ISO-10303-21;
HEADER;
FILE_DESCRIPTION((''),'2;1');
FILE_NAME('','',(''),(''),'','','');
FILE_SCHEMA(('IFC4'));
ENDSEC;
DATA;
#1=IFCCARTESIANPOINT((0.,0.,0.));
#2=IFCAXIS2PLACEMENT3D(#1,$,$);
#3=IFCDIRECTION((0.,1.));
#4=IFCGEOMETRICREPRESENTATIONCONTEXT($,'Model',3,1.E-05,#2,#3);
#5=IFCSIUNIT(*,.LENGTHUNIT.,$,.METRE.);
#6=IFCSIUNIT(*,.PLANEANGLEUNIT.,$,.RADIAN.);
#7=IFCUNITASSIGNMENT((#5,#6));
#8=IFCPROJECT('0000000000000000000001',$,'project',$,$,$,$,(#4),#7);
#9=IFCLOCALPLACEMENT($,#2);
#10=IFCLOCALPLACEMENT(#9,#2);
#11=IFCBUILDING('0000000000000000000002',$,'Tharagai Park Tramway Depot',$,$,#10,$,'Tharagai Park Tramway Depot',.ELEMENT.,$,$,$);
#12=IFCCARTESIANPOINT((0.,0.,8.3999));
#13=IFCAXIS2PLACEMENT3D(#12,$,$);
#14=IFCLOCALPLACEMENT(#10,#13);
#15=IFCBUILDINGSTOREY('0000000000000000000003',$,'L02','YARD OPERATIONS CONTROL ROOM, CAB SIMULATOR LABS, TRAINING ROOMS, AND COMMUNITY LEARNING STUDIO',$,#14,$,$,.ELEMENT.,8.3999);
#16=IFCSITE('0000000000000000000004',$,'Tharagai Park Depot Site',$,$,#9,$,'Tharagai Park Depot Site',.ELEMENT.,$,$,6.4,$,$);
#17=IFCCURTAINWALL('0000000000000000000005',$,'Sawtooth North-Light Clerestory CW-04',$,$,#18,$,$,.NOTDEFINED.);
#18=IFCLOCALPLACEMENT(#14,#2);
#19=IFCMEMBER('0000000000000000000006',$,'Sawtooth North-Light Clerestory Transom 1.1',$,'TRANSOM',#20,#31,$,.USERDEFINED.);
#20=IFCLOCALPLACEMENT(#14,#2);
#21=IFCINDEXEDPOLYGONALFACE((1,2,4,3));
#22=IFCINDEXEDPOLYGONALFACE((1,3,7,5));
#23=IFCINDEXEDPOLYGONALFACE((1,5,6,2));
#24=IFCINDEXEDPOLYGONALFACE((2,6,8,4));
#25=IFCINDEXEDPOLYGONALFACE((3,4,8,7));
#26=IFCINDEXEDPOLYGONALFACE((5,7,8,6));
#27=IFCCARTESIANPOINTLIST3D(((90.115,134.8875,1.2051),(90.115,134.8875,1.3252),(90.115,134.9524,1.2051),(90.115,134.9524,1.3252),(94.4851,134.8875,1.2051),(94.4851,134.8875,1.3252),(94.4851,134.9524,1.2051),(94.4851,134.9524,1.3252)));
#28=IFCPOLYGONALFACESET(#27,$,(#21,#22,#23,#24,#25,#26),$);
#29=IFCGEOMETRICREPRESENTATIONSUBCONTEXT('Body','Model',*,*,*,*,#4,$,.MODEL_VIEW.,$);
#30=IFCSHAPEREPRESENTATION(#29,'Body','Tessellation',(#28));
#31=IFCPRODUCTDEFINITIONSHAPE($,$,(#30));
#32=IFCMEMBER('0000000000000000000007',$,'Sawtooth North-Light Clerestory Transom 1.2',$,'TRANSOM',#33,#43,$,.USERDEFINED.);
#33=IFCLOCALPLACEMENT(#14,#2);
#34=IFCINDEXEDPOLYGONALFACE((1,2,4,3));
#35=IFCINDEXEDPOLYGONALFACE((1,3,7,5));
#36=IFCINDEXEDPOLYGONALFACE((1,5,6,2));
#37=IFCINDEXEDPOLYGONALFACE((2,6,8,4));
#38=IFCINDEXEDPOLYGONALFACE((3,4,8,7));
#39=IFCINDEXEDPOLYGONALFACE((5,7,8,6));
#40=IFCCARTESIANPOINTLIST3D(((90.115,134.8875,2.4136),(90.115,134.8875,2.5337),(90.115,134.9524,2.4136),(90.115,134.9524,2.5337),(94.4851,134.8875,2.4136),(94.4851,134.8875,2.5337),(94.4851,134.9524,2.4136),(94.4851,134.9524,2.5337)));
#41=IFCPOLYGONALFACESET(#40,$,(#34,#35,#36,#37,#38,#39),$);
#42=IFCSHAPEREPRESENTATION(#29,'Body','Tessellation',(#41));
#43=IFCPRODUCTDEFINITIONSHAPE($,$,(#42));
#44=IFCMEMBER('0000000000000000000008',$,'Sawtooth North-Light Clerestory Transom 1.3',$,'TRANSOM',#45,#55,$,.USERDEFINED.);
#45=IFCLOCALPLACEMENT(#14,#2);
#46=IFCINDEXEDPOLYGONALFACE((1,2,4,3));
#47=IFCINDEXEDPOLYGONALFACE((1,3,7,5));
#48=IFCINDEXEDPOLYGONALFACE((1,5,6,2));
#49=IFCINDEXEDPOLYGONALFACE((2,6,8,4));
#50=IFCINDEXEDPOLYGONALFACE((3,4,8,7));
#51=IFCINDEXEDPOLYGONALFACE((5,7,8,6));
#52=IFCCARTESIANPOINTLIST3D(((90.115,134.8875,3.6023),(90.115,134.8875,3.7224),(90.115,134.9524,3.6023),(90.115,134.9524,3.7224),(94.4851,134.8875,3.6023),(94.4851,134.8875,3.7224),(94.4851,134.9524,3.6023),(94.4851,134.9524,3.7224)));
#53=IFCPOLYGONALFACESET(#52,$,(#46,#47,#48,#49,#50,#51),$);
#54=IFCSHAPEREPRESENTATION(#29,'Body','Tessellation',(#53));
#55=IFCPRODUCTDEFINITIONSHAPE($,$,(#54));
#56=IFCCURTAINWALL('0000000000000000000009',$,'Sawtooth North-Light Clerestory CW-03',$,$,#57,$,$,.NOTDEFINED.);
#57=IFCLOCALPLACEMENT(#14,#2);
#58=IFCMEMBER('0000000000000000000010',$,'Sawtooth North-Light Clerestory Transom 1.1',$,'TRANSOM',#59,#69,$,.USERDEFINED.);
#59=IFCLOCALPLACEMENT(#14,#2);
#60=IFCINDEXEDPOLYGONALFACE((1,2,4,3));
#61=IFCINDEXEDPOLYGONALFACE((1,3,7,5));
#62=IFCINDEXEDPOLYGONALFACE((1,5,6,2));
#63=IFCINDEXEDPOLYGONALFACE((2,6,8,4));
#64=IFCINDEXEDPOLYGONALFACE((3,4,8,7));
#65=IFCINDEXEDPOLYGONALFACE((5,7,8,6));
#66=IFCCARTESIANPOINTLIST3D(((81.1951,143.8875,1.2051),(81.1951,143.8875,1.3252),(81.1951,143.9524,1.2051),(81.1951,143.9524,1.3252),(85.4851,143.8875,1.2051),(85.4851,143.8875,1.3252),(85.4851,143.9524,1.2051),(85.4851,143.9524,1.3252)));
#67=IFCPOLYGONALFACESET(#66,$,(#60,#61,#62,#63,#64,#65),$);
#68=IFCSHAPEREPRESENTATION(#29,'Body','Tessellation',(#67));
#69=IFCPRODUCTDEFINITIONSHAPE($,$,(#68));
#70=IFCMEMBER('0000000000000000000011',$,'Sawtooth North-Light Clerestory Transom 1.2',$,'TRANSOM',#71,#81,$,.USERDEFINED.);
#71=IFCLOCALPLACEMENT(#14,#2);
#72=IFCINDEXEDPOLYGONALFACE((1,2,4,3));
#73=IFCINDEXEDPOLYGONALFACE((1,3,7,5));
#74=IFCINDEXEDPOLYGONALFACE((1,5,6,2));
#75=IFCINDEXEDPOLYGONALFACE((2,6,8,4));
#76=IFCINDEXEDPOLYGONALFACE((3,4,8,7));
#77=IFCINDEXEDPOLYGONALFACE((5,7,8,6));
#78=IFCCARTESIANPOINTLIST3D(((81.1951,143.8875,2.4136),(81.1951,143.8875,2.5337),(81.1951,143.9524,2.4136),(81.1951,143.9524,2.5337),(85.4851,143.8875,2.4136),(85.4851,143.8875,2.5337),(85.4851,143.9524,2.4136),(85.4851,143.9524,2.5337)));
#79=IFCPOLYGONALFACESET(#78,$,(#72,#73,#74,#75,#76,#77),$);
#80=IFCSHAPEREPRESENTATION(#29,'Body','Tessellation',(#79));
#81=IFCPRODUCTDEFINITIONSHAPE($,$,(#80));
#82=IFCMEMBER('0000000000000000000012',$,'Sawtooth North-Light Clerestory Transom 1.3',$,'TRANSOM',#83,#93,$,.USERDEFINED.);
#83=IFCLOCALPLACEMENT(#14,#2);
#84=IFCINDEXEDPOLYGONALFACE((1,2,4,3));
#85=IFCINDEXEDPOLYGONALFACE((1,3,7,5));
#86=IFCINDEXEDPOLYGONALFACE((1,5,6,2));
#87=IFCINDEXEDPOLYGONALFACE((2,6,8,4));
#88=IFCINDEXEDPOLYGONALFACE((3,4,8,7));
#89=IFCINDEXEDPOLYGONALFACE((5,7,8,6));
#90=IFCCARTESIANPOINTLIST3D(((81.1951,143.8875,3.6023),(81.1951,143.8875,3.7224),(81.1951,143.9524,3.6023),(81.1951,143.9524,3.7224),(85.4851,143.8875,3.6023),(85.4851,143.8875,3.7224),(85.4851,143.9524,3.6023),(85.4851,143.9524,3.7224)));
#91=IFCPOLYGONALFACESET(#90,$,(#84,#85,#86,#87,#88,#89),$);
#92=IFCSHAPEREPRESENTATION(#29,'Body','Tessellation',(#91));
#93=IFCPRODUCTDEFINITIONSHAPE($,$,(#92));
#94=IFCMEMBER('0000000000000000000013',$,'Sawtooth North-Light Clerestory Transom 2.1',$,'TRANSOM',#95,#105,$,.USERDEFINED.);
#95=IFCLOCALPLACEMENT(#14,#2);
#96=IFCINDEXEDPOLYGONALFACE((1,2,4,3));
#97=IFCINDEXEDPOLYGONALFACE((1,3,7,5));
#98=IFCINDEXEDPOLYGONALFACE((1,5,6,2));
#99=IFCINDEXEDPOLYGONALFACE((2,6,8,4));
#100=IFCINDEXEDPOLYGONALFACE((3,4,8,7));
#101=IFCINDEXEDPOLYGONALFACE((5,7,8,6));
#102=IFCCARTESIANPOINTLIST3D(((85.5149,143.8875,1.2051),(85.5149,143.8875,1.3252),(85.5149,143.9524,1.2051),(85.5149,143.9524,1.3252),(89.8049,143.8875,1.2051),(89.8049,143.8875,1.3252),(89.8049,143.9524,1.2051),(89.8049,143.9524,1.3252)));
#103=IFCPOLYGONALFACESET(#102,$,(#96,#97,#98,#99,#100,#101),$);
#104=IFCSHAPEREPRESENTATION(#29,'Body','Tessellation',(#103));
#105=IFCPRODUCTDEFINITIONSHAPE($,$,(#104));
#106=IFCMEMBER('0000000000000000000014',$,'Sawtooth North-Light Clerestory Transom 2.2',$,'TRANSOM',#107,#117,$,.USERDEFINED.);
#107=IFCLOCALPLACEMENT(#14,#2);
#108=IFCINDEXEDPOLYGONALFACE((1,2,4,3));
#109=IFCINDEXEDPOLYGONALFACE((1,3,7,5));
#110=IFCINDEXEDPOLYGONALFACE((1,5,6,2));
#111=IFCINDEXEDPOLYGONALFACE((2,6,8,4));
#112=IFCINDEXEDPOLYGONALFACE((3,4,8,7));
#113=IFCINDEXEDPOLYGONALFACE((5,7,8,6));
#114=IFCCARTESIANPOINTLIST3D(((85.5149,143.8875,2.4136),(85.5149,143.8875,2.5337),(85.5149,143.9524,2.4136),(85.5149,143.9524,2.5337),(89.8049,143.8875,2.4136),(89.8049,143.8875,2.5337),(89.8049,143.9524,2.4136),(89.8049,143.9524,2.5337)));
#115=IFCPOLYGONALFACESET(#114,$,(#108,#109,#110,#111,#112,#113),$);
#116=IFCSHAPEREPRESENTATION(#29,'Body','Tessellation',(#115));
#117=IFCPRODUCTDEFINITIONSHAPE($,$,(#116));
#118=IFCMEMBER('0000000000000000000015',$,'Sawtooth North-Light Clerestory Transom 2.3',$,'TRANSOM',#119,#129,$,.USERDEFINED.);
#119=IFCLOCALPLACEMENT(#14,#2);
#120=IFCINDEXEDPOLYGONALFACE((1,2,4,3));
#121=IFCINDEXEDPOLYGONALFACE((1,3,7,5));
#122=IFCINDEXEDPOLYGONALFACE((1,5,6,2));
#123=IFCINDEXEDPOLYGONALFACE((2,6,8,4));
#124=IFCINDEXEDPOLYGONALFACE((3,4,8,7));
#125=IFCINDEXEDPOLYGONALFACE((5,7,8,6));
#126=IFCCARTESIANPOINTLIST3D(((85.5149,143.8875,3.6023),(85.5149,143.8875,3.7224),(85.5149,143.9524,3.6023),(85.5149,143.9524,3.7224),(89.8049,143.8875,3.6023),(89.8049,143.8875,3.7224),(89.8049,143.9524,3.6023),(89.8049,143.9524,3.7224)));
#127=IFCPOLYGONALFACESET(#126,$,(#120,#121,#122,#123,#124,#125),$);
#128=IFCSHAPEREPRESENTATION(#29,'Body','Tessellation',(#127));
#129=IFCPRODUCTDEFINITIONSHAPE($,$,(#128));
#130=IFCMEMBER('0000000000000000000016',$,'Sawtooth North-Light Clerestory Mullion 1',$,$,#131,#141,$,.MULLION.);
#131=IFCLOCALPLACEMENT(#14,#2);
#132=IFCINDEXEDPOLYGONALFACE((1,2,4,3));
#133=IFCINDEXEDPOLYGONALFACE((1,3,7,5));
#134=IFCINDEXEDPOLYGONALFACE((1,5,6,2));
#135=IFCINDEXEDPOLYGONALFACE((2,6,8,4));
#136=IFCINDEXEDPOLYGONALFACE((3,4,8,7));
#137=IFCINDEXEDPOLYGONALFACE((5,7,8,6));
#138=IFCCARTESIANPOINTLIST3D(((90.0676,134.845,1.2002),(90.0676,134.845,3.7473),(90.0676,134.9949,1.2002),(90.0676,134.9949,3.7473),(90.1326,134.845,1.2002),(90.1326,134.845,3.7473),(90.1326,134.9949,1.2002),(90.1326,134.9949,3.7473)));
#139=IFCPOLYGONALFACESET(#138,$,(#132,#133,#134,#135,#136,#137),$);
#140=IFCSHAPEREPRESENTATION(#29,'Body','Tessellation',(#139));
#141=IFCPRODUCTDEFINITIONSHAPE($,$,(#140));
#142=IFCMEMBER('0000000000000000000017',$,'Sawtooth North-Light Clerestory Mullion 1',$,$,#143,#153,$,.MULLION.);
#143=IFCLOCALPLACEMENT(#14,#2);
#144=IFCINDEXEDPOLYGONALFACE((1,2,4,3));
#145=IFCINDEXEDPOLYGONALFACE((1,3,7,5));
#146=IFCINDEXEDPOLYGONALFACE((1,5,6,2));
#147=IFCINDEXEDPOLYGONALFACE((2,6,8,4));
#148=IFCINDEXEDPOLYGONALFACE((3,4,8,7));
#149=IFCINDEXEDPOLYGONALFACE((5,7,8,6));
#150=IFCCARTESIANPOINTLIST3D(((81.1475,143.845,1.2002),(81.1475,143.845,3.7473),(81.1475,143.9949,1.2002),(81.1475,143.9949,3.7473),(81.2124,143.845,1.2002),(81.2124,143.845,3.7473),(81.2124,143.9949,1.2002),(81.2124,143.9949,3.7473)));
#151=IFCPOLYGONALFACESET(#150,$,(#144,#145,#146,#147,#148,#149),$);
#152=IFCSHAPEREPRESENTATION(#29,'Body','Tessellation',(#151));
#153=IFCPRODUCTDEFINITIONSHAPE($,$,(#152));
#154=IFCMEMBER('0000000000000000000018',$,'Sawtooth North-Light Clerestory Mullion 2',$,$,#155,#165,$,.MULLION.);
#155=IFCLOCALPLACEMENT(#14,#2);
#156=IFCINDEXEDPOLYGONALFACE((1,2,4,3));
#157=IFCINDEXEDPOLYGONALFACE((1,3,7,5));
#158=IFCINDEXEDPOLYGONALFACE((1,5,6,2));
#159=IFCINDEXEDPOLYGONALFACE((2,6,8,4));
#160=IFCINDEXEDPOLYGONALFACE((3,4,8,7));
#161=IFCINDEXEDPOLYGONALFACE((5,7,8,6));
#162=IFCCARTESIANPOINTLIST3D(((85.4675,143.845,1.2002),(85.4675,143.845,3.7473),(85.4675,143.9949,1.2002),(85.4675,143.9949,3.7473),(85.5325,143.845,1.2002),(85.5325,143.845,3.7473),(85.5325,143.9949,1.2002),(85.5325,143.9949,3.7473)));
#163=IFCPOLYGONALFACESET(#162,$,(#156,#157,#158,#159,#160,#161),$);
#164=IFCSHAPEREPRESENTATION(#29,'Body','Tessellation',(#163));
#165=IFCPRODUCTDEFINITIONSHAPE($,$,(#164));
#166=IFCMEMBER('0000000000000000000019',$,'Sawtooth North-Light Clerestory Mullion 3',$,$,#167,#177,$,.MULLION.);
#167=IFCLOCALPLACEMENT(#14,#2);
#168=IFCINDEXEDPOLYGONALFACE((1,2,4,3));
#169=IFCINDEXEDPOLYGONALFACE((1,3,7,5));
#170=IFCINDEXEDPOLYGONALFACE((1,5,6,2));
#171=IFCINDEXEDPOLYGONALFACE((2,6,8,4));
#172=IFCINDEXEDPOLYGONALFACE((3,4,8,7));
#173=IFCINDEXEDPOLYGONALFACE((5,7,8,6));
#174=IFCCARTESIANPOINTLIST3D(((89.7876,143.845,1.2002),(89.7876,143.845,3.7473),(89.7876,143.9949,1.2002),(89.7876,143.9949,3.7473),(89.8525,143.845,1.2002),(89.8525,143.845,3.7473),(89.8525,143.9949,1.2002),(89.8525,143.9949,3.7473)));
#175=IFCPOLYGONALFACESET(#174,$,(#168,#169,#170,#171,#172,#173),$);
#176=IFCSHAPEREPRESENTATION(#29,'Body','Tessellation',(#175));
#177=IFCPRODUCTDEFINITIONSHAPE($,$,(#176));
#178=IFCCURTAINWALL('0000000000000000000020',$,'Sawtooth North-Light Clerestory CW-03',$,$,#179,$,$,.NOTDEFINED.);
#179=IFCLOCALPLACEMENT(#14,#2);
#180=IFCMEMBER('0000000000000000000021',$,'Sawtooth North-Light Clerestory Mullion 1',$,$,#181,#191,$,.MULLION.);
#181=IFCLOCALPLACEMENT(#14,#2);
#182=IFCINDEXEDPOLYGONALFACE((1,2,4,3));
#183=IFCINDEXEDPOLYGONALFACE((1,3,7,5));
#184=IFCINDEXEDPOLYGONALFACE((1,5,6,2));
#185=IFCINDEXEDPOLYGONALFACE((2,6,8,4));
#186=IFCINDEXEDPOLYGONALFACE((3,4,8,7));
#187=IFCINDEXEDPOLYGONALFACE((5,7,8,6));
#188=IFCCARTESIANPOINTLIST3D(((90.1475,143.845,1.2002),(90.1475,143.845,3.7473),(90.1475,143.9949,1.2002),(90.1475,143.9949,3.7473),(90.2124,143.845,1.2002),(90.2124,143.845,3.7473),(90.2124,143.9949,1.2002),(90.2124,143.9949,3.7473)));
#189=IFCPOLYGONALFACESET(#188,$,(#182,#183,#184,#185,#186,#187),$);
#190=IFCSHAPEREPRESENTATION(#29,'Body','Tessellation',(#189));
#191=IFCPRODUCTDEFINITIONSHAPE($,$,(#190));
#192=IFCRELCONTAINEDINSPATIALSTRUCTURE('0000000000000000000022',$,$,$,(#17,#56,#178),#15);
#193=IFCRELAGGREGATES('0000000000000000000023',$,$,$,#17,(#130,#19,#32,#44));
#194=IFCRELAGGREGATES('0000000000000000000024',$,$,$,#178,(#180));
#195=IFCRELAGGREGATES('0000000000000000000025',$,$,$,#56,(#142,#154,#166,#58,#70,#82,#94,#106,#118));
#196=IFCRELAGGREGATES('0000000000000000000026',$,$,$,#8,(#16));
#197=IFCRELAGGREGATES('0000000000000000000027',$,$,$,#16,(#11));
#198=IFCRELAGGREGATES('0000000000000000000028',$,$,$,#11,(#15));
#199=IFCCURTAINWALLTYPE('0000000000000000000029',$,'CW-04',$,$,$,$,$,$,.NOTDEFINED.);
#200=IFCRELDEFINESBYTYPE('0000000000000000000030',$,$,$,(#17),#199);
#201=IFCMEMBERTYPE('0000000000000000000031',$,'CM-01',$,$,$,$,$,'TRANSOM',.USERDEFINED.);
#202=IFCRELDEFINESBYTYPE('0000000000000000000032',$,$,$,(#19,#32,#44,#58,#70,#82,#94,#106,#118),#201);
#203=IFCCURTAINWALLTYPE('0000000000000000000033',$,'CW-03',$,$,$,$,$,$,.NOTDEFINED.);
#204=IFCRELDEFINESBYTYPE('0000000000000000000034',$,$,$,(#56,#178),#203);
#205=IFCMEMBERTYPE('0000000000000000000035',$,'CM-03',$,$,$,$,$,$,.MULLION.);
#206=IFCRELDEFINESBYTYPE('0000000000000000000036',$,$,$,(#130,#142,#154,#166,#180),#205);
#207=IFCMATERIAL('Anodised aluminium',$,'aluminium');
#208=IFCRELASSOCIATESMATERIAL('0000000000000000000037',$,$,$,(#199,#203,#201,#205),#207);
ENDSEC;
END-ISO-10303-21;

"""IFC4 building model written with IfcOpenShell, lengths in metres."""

from ifc_helpers import new_model, si_unit, direction, frame, origin, origin_2d, place, context, subcontext, project, spatial, rectangle, extrude, material, material_profile, profile_set, type_object, element, aggregate, save


model = new_model("IFC4")

# Units and contexts
model_context = context("Model", 3, precision=1e-05, world=origin(), true_north=direction((0.0, 1.0)))
body_context = subcontext(model_context, "Body", "Model", "MODEL_VIEW")
ifc_project = project(units=[si_unit("LENGTHUNIT", "METRE"), si_unit("PLANEANGLEUNIT", "RADIAN")], contexts=[model_context])

# Site, building, storey
site_placement = place(None, origin())
site = spatial("IfcSite", under=ifc_project, at=site_placement, Name="Tharagai Park Depot Site", LongName="Tharagai Park Depot Site", CompositionType="ELEMENT", RefElevation=6.4)
building_placement = place(site_placement, origin())
building = spatial("IfcBuilding", under=site, at=building_placement, Name="Tharagai Park Tramway Depot", LongName="Tharagai Park Tramway Depot", CompositionType="ELEMENT")
storey_placement = place(building_placement, frame((0.0, 0.0, 8.3999)))
storey = spatial("IfcBuildingStorey", under=building, at=storey_placement, Name="L02", Description="YARD OPERATIONS CONTROL ROOM, CAB SIMULATOR LABS, TRAINING ROOMS, AND COMMUNITY LEARNING STUDIO", CompositionType="ELEMENT", Elevation=8.3999)

# Curtain walls, members
ifc_material_1 = material(Name="Anodised aluminium", Category="aluminium")
curtain_wall_type_1 = type_object("IfcCurtainWallType", Name="CW-04", PredefinedType="NOTDEFINED", material=ifc_material_1)
curtain_wall_1_placement = place(storey_placement, origin())
curtain_wall_1 = element("IfcCurtainWall", 1, at=curtain_wall_1_placement, inside=storey, type_object=curtain_wall_type_1, Name="Sawtooth North-Light Clerestory CW-04", PredefinedType="NOTDEFINED")
ifc_material_profile_1 = material_profile(ifc_material_1, rectangle(XDim=0.0649, YDim=0.1201, at=origin_2d()), Name="ALU 65x120")
ifc_profile_set_1 = profile_set([ifc_material_profile_1], Name="Anodised aluminium")
member_type_1 = type_object("IfcMemberType", Name="CM-01", ElementType="TRANSOM", PredefinedType="USERDEFINED", material=ifc_profile_set_1)
member_1_placement = place(storey_placement, frame((90.115, 134.9199, 1.2651), z_axis=(1.0, 0.0, 0.0), x_axis=(0.0, 1.0, 0.0)))
member_1 = element("IfcMember", 2, at=member_1_placement, type_object=member_type_1, Name="Sawtooth North-Light Clerestory Transom 1.1", ObjectType="TRANSOM", PredefinedType="USERDEFINED", context=body_context, shape_type="SweptSolid", body=[
    extrude(rectangle(XDim=0.0649, YDim=0.1201, at=origin_2d()), origin(), (0.0, 0.0, 1.0), 4.3701),
])
member_2_placement = place(storey_placement, frame((90.115, 134.9199, 2.4736), z_axis=(1.0, 0.0, 0.0), x_axis=(0.0, 1.0, 0.0)))
member_2 = element("IfcMember", 3, at=member_2_placement, type_object=member_type_1, Name="Sawtooth North-Light Clerestory Transom 1.2", ObjectType="TRANSOM", PredefinedType="USERDEFINED", context=body_context, shape_type="SweptSolid", body=[
    extrude(rectangle(XDim=0.0649, YDim=0.1201, at=origin_2d()), origin(), (0.0, 0.0, 1.0), 4.3701),
])
member_3_placement = place(storey_placement, frame((90.115, 134.9199, 3.6624), z_axis=(1.0, 0.0, 0.0), x_axis=(0.0, 1.0, 0.0)))
member_3 = element("IfcMember", 4, at=member_3_placement, type_object=member_type_1, Name="Sawtooth North-Light Clerestory Transom 1.3", ObjectType="TRANSOM", PredefinedType="USERDEFINED", context=body_context, shape_type="SweptSolid", body=[
    extrude(rectangle(XDim=0.0649, YDim=0.1201, at=origin_2d()), origin(), (0.0, 0.0, 1.0), 4.3701),
])
curtain_wall_type_2 = type_object("IfcCurtainWallType", Name="CW-03", PredefinedType="NOTDEFINED", material=ifc_material_1)
curtain_wall_2_placement = place(storey_placement, origin())
curtain_wall_2 = element("IfcCurtainWall", 5, at=curtain_wall_2_placement, inside=storey, type_object=curtain_wall_type_2, Name="Sawtooth North-Light Clerestory CW-03", PredefinedType="NOTDEFINED")
member_4_placement = place(storey_placement, frame((81.1951, 143.9199, 1.2651), z_axis=(1.0, 0.0, 0.0), x_axis=(0.0, 1.0, 0.0)))
member_4 = element("IfcMember", 6, at=member_4_placement, type_object=member_type_1, Name="Sawtooth North-Light Clerestory Transom 1.1", ObjectType="TRANSOM", PredefinedType="USERDEFINED", context=body_context, shape_type="SweptSolid", body=[
    extrude(rectangle(XDim=0.0649, YDim=0.1201, at=origin_2d()), origin(), (0.0, 0.0, 1.0), 4.29),
])
member_5_placement = place(storey_placement, frame((81.1951, 143.9199, 2.4736), z_axis=(1.0, 0.0, 0.0), x_axis=(0.0, 1.0, 0.0)))
member_5 = element("IfcMember", 7, at=member_5_placement, type_object=member_type_1, Name="Sawtooth North-Light Clerestory Transom 1.2", ObjectType="TRANSOM", PredefinedType="USERDEFINED", context=body_context, shape_type="SweptSolid", body=[
    extrude(rectangle(XDim=0.0649, YDim=0.1201, at=origin_2d()), origin(), (0.0, 0.0, 1.0), 4.29),
])
member_6_placement = place(storey_placement, frame((81.1951, 143.9199, 3.6624), z_axis=(1.0, 0.0, 0.0), x_axis=(0.0, 1.0, 0.0)))
member_6 = element("IfcMember", 8, at=member_6_placement, type_object=member_type_1, Name="Sawtooth North-Light Clerestory Transom 1.3", ObjectType="TRANSOM", PredefinedType="USERDEFINED", context=body_context, shape_type="SweptSolid", body=[
    extrude(rectangle(XDim=0.0649, YDim=0.1201, at=origin_2d()), origin(), (0.0, 0.0, 1.0), 4.29),
])
member_7_placement = place(storey_placement, frame((85.5149, 143.9199, 1.2651), z_axis=(1.0, 0.0, 0.0), x_axis=(0.0, 1.0, 0.0)))
member_7 = element("IfcMember", 9, at=member_7_placement, type_object=member_type_1, Name="Sawtooth North-Light Clerestory Transom 2.1", ObjectType="TRANSOM", PredefinedType="USERDEFINED", context=body_context, shape_type="SweptSolid", body=[
    extrude(rectangle(XDim=0.0649, YDim=0.1201, at=origin_2d()), origin(), (0.0, 0.0, 1.0), 4.29),
])
member_8_placement = place(storey_placement, frame((85.5149, 143.9199, 2.4736), z_axis=(1.0, 0.0, 0.0), x_axis=(0.0, 1.0, 0.0)))
member_8 = element("IfcMember", 10, at=member_8_placement, type_object=member_type_1, Name="Sawtooth North-Light Clerestory Transom 2.2", ObjectType="TRANSOM", PredefinedType="USERDEFINED", context=body_context, shape_type="SweptSolid", body=[
    extrude(rectangle(XDim=0.0649, YDim=0.1201, at=origin_2d()), origin(), (0.0, 0.0, 1.0), 4.29),
])
member_9_placement = place(storey_placement, frame((85.5149, 143.9199, 3.6624), z_axis=(1.0, 0.0, 0.0), x_axis=(0.0, 1.0, 0.0)))
member_9 = element("IfcMember", 11, at=member_9_placement, type_object=member_type_1, Name="Sawtooth North-Light Clerestory Transom 2.3", ObjectType="TRANSOM", PredefinedType="USERDEFINED", context=body_context, shape_type="SweptSolid", body=[
    extrude(rectangle(XDim=0.0649, YDim=0.1201, at=origin_2d()), origin(), (0.0, 0.0, 1.0), 4.29),
])

# Members
ifc_material_profile_2 = material_profile(ifc_material_1, rectangle(XDim=0.0649, YDim=0.1499, at=origin_2d()), Name="ALU 65x150")
ifc_profile_set_2 = profile_set([ifc_material_profile_2], Name="Anodised aluminium")
member_type_2 = type_object("IfcMemberType", Name="CM-03", PredefinedType="MULLION", material=ifc_profile_set_2)
member_10_placement = place(storey_placement, frame((90.1001, 134.9199, 1.2002), z_axis=(0.0, 0.0, 1.0), x_axis=(1.0, 0.0, 0.0)))
member_10 = element("IfcMember", 12, at=member_10_placement, type_object=member_type_2, Name="Sawtooth North-Light Clerestory Mullion 1", PredefinedType="MULLION", context=body_context, shape_type="SweptSolid", body=[
    extrude(rectangle(XDim=0.0649, YDim=0.1499, at=origin_2d()), origin(), (0.0, 0.0, 1.0), 2.5471),
])
aggregate(curtain_wall_1, [member_10, member_1, member_2, member_3])
member_11_placement = place(storey_placement, frame((81.1799, 143.9199, 1.2002), z_axis=(0.0, 0.0, 1.0), x_axis=(1.0, 0.0, 0.0)))
member_11 = element("IfcMember", 13, at=member_11_placement, type_object=member_type_2, Name="Sawtooth North-Light Clerestory Mullion 1", PredefinedType="MULLION", context=body_context, shape_type="SweptSolid", body=[
    extrude(rectangle(XDim=0.0649, YDim=0.1499, at=origin_2d()), origin(), (0.0, 0.0, 1.0), 2.5471),
])
member_12_placement = place(storey_placement, frame((85.5, 143.9199, 1.2002), z_axis=(0.0, 0.0, 1.0), x_axis=(1.0, 0.0, 0.0)))
member_12 = element("IfcMember", 14, at=member_12_placement, type_object=member_type_2, Name="Sawtooth North-Light Clerestory Mullion 2", PredefinedType="MULLION", context=body_context, shape_type="SweptSolid", body=[
    extrude(rectangle(XDim=0.0649, YDim=0.1499, at=origin_2d()), origin(), (0.0, 0.0, 1.0), 2.5471),
])
member_13_placement = place(storey_placement, frame((89.8201, 143.9199, 1.2002), z_axis=(0.0, 0.0, 1.0), x_axis=(1.0, 0.0, 0.0)))
member_13 = element("IfcMember", 15, at=member_13_placement, type_object=member_type_2, Name="Sawtooth North-Light Clerestory Mullion 3", PredefinedType="MULLION", context=body_context, shape_type="SweptSolid", body=[
    extrude(rectangle(XDim=0.0649, YDim=0.1499, at=origin_2d()), origin(), (0.0, 0.0, 1.0), 2.5471),
])

# Curtain wall, member
curtain_wall_3_placement = place(storey_placement, origin())
curtain_wall_3 = element("IfcCurtainWall", 16, at=curtain_wall_3_placement, inside=storey, type_object=curtain_wall_type_2, Name="Sawtooth North-Light Clerestory CW-03", PredefinedType="NOTDEFINED")
member_14_placement = place(storey_placement, frame((90.1799, 143.9199, 1.2002), z_axis=(0.0, 0.0, 1.0), x_axis=(1.0, 0.0, 0.0)))
member_14 = element("IfcMember", 17, at=member_14_placement, type_object=member_type_2, Name="Sawtooth North-Light Clerestory Mullion 1", PredefinedType="MULLION", context=body_context, shape_type="SweptSolid", body=[
    extrude(rectangle(XDim=0.0649, YDim=0.1499, at=origin_2d()), origin(), (0.0, 0.0, 1.0), 2.5471),
])
aggregate(curtain_wall_3, [member_14])

aggregate(curtain_wall_2, [member_11, member_12, member_13, member_4, member_5, member_6, member_7, member_8, member_9])

save(model, "model.ifc")
